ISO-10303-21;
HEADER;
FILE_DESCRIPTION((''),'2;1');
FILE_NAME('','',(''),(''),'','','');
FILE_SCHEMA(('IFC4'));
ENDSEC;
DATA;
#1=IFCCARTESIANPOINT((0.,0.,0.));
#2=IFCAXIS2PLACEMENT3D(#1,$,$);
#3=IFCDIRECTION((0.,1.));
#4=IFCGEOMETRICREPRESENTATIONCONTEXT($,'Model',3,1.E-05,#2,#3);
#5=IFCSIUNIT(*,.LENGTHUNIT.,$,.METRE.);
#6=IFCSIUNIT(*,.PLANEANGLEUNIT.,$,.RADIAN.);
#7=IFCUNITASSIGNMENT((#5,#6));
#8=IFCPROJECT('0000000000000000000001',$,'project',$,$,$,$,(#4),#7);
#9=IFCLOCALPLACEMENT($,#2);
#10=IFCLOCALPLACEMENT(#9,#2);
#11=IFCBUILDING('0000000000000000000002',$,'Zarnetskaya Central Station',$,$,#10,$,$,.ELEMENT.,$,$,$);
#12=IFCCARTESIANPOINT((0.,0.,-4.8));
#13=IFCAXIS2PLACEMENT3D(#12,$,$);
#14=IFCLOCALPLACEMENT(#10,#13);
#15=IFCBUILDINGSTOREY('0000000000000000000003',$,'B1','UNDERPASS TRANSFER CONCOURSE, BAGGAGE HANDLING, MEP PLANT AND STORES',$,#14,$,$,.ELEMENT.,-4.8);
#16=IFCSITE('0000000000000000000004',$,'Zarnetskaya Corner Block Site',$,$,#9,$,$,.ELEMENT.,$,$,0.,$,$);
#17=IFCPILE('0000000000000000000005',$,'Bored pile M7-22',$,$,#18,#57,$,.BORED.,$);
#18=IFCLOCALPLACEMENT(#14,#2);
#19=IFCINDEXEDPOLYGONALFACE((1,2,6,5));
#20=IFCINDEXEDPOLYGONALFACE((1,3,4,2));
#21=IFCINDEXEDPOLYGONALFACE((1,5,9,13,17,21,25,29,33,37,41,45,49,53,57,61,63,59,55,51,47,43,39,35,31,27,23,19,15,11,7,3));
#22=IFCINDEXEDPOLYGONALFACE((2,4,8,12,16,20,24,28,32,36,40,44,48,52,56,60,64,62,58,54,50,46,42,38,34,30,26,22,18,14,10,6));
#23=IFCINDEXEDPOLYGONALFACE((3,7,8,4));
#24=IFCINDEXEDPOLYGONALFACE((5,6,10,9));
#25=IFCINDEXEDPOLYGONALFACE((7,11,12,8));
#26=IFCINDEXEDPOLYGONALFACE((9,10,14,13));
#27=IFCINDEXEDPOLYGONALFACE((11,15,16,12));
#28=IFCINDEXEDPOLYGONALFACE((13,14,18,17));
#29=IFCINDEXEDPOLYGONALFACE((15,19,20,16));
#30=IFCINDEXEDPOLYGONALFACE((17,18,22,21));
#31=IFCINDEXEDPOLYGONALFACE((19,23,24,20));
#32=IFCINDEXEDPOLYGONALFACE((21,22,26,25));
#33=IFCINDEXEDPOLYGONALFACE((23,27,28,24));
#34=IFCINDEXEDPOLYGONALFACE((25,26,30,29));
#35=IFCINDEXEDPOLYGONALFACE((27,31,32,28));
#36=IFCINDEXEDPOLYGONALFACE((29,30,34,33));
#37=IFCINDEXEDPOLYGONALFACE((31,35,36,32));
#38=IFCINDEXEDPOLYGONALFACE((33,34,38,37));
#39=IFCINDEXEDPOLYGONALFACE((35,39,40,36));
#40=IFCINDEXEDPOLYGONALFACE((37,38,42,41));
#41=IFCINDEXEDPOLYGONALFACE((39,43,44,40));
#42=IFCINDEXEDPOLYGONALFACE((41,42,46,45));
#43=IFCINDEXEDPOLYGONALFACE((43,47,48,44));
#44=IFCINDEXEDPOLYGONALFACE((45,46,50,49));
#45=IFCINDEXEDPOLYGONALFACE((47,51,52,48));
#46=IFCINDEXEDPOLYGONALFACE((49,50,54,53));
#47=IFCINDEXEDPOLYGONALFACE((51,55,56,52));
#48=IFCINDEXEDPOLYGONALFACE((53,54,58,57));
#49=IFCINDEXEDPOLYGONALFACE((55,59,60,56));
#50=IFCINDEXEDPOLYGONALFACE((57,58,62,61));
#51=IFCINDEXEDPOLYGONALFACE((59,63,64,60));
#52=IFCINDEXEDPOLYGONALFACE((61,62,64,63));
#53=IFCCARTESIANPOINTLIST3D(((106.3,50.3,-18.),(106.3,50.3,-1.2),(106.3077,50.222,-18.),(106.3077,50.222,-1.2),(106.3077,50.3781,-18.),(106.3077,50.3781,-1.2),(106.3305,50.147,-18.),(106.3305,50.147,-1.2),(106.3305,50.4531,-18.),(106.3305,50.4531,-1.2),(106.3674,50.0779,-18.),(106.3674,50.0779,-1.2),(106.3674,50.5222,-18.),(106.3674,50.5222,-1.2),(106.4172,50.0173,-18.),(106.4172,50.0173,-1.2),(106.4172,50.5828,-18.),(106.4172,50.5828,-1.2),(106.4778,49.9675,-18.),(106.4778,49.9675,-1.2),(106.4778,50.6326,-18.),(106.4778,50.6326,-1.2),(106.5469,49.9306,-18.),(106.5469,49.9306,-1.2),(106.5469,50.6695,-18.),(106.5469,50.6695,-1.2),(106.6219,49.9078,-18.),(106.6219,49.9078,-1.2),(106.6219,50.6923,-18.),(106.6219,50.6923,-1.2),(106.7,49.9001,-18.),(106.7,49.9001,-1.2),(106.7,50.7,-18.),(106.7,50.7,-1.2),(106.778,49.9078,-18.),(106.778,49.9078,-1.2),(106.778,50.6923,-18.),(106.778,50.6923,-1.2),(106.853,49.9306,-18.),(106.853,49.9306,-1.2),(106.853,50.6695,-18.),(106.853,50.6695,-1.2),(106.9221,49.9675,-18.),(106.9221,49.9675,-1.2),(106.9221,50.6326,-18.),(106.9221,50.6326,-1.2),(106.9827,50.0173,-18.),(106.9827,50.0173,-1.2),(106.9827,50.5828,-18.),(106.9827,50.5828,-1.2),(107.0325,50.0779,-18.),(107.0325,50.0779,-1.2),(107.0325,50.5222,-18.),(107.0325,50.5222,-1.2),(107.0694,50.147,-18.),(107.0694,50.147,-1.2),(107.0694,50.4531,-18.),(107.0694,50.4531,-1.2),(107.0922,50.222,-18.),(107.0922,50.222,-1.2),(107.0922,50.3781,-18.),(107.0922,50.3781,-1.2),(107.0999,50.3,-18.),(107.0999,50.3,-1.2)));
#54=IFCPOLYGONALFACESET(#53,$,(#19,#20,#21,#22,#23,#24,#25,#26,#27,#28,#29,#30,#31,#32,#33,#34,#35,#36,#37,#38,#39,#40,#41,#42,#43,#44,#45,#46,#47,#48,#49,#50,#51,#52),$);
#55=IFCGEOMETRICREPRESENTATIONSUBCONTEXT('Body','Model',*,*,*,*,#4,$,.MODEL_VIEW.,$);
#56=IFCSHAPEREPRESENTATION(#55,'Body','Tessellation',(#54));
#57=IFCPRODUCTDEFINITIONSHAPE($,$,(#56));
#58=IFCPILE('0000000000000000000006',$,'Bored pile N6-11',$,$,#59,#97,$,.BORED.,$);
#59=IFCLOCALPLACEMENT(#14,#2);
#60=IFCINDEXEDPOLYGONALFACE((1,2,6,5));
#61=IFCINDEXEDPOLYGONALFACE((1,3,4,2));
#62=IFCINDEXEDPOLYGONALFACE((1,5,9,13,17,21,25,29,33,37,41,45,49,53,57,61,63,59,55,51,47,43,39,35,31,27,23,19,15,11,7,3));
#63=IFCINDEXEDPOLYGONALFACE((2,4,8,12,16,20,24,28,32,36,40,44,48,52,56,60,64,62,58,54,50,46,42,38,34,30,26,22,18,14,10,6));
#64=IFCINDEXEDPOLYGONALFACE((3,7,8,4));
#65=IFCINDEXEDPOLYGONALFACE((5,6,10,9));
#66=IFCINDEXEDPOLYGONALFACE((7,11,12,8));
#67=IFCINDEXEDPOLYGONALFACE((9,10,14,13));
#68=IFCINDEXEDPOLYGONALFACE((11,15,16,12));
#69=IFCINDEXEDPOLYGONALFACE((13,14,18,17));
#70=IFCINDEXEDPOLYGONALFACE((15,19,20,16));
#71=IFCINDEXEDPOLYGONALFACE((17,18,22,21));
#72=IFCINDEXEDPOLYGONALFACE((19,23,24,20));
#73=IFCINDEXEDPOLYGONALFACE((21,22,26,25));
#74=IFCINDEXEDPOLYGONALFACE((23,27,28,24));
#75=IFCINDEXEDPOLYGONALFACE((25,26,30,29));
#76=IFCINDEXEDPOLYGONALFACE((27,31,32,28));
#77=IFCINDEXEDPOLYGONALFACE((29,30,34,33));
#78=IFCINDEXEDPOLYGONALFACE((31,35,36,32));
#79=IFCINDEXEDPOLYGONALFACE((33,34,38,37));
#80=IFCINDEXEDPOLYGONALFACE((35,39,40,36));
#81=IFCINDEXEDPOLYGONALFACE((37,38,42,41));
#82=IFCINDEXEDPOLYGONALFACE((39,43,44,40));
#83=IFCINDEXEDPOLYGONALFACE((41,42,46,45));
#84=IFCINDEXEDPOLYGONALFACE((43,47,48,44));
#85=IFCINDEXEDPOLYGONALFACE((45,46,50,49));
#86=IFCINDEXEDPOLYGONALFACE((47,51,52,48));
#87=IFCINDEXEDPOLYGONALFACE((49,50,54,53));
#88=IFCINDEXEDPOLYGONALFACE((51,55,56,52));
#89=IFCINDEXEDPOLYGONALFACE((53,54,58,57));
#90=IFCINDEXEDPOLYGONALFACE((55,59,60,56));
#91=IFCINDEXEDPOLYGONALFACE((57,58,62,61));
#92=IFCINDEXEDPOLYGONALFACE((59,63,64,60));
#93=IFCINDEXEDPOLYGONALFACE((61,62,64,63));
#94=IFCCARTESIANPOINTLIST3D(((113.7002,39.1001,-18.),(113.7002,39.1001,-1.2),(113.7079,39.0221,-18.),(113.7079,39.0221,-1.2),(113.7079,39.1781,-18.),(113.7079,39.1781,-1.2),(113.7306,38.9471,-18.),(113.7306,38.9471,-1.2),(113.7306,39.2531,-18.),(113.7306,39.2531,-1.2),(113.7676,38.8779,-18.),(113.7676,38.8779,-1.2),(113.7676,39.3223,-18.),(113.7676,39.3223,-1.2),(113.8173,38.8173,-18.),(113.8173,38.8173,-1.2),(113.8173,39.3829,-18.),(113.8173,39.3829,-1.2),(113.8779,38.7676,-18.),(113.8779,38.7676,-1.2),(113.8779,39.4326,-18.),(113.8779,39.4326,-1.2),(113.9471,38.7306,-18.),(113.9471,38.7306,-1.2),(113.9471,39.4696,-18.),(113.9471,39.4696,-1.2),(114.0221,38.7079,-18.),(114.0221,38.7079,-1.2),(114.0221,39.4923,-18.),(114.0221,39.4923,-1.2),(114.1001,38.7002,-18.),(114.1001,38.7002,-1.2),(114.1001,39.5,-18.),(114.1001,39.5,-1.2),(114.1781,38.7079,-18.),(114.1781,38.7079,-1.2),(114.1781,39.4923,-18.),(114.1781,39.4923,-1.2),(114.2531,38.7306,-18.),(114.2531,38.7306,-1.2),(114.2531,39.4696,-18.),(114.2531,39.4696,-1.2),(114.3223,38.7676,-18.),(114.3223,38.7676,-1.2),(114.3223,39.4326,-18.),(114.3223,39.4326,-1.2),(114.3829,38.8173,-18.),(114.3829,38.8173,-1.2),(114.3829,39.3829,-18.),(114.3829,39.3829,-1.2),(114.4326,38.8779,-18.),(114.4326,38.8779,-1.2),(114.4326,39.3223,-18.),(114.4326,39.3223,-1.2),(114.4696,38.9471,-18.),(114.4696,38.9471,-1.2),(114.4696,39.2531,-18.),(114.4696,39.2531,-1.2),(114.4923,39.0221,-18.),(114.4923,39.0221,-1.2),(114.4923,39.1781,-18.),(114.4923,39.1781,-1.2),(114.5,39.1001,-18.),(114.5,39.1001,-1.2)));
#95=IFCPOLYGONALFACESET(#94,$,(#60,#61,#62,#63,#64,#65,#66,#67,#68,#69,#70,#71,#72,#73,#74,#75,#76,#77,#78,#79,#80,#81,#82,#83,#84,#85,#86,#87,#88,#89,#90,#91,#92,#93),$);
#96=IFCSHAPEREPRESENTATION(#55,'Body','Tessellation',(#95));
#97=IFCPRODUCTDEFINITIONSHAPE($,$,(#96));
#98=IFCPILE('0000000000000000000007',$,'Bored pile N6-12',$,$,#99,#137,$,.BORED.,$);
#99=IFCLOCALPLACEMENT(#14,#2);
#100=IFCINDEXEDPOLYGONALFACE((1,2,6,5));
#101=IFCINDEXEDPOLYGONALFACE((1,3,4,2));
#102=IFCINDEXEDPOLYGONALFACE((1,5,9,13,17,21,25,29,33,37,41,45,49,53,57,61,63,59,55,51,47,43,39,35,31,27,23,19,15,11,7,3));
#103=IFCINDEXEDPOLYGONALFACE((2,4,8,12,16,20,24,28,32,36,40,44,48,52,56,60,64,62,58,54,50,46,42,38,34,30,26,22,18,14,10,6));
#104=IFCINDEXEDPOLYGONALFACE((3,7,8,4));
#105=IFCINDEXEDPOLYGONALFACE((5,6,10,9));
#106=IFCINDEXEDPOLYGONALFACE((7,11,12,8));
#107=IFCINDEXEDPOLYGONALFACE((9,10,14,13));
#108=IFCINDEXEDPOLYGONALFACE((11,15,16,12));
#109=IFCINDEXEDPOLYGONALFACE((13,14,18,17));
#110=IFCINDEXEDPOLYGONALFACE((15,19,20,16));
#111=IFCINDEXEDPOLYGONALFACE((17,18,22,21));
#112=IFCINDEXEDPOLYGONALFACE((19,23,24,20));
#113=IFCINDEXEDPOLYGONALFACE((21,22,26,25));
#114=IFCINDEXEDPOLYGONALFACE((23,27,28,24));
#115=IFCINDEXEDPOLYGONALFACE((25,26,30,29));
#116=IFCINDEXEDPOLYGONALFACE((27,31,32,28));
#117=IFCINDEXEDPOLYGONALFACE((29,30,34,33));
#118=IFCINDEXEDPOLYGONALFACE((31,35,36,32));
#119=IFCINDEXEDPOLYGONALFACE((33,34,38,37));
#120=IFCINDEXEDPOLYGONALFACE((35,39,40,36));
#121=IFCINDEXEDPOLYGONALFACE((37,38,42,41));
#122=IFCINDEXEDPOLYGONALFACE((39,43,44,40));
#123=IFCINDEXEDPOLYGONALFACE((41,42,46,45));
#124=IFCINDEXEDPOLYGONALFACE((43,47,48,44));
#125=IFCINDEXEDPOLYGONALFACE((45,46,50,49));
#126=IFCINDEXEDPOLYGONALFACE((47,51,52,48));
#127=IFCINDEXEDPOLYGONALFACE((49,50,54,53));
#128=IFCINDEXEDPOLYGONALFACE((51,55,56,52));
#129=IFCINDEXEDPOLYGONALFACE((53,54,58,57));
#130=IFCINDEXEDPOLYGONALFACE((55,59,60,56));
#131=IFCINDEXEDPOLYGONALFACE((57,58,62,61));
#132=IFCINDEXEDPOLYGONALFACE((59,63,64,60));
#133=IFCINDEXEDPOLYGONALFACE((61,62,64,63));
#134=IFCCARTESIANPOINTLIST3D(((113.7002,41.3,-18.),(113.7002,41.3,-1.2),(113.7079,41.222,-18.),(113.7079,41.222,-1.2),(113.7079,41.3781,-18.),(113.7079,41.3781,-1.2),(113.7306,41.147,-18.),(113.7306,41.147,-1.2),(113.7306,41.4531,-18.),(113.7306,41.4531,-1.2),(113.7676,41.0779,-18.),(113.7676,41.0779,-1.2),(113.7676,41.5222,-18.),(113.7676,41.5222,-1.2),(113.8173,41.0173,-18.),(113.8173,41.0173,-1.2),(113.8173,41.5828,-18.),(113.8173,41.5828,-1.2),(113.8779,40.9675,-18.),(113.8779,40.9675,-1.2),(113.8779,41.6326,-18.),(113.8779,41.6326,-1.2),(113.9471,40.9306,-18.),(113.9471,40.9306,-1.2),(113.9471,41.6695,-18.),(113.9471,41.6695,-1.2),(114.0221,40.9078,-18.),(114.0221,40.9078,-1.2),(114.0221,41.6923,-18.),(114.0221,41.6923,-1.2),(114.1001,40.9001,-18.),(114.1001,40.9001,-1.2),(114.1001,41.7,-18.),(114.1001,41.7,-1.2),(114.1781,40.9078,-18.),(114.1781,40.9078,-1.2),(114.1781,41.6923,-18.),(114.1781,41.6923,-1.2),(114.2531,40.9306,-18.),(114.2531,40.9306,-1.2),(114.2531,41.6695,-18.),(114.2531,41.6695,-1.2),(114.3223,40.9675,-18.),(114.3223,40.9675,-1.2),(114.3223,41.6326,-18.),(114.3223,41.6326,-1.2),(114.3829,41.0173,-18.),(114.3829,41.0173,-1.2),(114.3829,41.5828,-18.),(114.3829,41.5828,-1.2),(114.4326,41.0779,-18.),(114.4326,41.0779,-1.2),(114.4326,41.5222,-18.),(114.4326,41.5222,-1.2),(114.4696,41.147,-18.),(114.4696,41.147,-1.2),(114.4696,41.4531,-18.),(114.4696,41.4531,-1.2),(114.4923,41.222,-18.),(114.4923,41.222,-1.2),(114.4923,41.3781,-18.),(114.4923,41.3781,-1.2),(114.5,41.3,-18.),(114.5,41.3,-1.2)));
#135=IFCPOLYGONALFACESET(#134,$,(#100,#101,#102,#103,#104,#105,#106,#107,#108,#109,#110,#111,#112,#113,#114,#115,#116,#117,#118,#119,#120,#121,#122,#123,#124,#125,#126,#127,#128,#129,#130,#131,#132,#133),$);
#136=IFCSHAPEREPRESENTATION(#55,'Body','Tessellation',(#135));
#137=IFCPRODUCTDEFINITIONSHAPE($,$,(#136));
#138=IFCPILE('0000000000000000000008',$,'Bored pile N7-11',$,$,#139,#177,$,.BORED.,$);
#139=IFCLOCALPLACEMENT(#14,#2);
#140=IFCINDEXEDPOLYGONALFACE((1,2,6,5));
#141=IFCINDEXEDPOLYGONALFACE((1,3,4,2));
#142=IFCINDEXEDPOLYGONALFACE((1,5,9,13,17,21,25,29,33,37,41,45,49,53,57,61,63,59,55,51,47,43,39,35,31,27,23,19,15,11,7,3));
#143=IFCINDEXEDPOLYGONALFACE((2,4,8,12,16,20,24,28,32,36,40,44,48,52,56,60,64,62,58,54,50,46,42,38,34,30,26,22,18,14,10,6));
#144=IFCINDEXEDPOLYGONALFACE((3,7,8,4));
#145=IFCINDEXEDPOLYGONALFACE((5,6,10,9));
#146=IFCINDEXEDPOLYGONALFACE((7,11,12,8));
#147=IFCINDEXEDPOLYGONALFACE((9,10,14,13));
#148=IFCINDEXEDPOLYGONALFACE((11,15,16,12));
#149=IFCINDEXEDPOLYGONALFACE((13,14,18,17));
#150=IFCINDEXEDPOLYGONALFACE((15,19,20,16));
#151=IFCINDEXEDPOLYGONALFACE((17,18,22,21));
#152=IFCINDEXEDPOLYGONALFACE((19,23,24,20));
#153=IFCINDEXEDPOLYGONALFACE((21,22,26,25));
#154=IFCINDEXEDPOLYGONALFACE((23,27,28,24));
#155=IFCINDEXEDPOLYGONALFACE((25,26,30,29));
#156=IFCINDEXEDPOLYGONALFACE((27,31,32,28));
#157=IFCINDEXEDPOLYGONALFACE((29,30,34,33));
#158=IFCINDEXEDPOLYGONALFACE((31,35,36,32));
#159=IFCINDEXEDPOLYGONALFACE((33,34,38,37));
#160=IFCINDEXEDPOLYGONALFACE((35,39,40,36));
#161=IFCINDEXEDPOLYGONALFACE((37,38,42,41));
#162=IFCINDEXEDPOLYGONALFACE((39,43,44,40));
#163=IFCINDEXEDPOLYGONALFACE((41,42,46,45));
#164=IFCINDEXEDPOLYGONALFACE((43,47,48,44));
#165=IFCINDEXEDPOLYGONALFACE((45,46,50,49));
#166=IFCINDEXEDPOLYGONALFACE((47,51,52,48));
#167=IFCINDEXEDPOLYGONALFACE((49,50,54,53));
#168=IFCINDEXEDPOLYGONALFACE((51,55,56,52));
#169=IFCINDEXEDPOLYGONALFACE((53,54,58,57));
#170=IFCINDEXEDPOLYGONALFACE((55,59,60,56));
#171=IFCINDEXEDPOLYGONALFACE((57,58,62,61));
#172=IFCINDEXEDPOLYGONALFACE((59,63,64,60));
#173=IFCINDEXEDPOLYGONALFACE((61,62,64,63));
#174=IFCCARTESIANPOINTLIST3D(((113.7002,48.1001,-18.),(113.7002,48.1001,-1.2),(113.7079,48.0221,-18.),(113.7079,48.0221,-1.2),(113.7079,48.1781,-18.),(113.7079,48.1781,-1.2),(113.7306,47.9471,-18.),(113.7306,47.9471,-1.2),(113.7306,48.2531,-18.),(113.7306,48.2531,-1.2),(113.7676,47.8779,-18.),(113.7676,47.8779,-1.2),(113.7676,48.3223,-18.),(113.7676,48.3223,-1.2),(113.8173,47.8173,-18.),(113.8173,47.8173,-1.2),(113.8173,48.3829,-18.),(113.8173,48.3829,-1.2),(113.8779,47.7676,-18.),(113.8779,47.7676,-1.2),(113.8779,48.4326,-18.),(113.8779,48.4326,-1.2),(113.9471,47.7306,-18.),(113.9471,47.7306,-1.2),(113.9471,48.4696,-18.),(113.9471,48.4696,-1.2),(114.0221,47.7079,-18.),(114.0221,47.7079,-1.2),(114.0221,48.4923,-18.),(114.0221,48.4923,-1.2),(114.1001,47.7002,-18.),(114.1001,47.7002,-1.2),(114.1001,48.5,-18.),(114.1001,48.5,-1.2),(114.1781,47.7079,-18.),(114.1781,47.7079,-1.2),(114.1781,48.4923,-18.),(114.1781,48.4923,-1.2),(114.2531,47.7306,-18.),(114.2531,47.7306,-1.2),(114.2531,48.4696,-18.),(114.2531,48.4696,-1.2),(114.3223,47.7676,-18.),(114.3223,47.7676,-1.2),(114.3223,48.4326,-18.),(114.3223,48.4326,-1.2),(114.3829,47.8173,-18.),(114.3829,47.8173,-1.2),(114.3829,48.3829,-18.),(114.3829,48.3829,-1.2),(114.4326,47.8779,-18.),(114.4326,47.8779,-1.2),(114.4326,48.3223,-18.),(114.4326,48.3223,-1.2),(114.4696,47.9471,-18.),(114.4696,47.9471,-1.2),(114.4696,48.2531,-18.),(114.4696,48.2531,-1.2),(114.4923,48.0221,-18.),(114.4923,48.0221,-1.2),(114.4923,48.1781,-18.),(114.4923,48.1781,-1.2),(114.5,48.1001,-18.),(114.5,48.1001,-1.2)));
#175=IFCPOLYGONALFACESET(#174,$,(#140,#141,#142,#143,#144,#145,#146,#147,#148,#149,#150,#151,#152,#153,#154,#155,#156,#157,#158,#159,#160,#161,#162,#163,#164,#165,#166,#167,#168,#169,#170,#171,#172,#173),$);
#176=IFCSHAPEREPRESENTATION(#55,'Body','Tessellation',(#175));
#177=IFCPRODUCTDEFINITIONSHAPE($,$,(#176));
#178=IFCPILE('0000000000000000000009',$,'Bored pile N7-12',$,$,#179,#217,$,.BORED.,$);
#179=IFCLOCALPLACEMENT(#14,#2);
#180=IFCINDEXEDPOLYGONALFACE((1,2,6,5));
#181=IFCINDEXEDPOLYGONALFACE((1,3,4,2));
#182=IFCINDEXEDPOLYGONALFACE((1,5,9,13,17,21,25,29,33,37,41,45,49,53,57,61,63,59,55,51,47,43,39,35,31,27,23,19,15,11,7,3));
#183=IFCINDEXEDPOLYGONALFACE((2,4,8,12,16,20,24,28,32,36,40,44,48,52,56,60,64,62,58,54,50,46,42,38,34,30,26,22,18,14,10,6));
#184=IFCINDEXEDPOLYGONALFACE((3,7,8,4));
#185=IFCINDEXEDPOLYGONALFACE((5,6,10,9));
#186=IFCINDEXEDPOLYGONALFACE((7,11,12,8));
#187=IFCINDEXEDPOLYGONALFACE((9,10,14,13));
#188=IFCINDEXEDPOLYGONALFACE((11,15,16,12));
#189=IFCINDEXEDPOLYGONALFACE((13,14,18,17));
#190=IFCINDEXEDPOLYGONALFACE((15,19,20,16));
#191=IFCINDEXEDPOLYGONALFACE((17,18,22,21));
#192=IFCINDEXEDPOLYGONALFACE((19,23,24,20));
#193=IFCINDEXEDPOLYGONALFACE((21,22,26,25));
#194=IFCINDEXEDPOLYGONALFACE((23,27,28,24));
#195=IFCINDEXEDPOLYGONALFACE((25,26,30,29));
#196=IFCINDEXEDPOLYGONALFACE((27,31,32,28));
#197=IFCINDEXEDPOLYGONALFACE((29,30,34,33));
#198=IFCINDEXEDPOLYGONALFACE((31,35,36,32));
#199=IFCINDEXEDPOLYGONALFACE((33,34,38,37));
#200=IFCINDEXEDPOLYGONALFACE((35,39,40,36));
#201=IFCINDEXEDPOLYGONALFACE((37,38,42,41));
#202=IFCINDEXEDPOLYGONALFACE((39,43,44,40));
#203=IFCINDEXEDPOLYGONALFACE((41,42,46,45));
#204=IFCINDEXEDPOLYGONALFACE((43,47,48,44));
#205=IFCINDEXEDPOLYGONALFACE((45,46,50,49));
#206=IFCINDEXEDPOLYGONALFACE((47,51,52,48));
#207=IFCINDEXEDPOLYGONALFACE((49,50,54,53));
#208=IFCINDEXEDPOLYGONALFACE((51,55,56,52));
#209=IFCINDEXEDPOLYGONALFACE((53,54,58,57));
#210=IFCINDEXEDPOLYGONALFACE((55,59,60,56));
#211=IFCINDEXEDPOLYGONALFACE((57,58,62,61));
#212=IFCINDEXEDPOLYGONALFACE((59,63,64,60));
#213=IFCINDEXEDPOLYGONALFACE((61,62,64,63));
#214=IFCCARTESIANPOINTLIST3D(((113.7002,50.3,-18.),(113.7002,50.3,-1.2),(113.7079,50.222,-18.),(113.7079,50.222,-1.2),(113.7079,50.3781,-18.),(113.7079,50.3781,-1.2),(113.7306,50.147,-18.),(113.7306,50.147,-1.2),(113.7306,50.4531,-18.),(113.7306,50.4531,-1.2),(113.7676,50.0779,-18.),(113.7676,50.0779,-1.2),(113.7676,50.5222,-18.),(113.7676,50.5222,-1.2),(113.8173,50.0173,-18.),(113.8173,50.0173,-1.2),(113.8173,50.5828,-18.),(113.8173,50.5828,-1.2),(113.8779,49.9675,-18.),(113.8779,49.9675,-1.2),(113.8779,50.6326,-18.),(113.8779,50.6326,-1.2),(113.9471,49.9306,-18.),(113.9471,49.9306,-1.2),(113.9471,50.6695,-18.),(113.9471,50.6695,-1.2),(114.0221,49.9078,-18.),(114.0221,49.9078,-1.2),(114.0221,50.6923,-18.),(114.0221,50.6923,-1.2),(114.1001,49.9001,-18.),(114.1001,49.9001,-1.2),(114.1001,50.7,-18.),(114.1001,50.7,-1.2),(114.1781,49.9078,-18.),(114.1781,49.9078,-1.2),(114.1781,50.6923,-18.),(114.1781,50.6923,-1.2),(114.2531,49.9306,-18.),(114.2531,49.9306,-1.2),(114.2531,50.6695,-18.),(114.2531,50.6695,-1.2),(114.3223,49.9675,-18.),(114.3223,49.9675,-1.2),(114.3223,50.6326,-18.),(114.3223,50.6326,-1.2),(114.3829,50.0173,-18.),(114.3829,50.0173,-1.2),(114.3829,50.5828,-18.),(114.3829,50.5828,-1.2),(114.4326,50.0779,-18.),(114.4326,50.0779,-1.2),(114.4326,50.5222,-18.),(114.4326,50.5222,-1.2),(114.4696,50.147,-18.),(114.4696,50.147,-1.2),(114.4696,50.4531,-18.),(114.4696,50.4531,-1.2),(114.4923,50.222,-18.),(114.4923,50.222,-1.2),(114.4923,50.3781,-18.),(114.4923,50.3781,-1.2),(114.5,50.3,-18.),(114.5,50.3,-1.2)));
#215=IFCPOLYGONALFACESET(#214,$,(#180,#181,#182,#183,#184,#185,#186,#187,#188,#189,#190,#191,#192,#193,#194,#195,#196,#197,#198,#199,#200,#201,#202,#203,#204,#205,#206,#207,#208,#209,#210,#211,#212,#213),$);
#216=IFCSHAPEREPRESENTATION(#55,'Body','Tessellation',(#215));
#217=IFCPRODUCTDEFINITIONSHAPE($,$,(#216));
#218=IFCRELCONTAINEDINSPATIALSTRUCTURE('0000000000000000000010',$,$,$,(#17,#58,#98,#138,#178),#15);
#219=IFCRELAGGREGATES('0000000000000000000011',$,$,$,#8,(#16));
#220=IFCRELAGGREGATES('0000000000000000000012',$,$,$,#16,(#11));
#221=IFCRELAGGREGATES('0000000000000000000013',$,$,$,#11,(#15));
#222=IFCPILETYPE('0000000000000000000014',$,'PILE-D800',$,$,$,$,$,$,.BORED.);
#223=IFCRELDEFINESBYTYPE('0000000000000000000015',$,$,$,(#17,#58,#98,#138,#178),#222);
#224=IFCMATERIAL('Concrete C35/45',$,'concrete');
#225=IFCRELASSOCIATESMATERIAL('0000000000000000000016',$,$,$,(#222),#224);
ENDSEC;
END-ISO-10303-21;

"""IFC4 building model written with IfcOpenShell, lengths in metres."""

from ifc_helpers import new_model, si_unit, direction, frame, origin, origin_2d, place, context, subcontext, project, spatial, circle, extrude, material, material_profile, profile_set, type_object, element, save


model = new_model("IFC4")

# Units and contexts
model_context = context("Model", 3, precision=1e-05, world=origin(), true_north=direction((0.0, 1.0)))
body_context = subcontext(model_context, "Body", "Model", "MODEL_VIEW")
ifc_project = project(units=[si_unit("LENGTHUNIT", "METRE"), si_unit("PLANEANGLEUNIT", "RADIAN")], contexts=[model_context])

# Site, building, storey
site_placement = place(None, origin())
site = spatial("IfcSite", under=ifc_project, at=site_placement, Name="Zarnetskaya Corner Block Site", CompositionType="ELEMENT", RefElevation=0.0)
building_placement = place(site_placement, origin())
building = spatial("IfcBuilding", under=site, at=building_placement, Name="Zarnetskaya Central Station", CompositionType="ELEMENT")
storey_placement = place(building_placement, frame((0.0, 0.0, -4.8)))
storey = spatial("IfcBuildingStorey", under=building, at=storey_placement, Name="B1", Description="UNDERPASS TRANSFER CONCOURSE, BAGGAGE HANDLING, MEP PLANT AND STORES", CompositionType="ELEMENT", Elevation=-4.8)

# Shared definitions
ifc_material = material(Name="Concrete C35/45", Category="concrete")

# Piles
ifc_material_profile_1 = material_profile(ifc_material, circle(Radius=0.3999, at=origin_2d()), Name="BORED PILE D800")
ifc_profile_set_1 = profile_set([ifc_material_profile_1], Name="Concrete C35/45")
pile_type_1 = type_object("IfcPileType", Name="PILE-D800", PredefinedType="BORED", material=ifc_profile_set_1)
for number, where, z_axis, x_axis, name in (
    (1, (106.7, 50.3, -1.2), (0.0, 0.0, -1.0), (1.0, 0.0, 0.0), "Bored pile M7-22"),
    (2, (114.1001, 39.1001, -1.2), (0.0, 0.0, -1.0), (1.0, 0.0, 0.0), "Bored pile N6-11"),
    (3, (114.1001, 41.3, -1.2), (0.0, 0.0, -1.0), (1.0, 0.0, 0.0), "Bored pile N6-12"),
    (4, (114.1001, 48.1001, -1.2), (0.0, 0.0, -1.0), (1.0, 0.0, 0.0), "Bored pile N7-11"),
    (5, (114.1001, 50.3, -1.2), (0.0, 0.0, -1.0), (1.0, 0.0, 0.0), "Bored pile N7-12"),
):
    element("IfcPile", number, at=place(storey_placement, frame(where, z_axis=z_axis, x_axis=x_axis)), inside=storey, type_object=pile_type_1, Name=name, PredefinedType="BORED", context=body_context, shape_type="SweptSolid", body=[
        extrude(circle(Radius=0.3999, at=origin_2d()), origin(), (0.0, 0.0, 1.0), 16.8),
    ])

save(model, "model.ifc")
